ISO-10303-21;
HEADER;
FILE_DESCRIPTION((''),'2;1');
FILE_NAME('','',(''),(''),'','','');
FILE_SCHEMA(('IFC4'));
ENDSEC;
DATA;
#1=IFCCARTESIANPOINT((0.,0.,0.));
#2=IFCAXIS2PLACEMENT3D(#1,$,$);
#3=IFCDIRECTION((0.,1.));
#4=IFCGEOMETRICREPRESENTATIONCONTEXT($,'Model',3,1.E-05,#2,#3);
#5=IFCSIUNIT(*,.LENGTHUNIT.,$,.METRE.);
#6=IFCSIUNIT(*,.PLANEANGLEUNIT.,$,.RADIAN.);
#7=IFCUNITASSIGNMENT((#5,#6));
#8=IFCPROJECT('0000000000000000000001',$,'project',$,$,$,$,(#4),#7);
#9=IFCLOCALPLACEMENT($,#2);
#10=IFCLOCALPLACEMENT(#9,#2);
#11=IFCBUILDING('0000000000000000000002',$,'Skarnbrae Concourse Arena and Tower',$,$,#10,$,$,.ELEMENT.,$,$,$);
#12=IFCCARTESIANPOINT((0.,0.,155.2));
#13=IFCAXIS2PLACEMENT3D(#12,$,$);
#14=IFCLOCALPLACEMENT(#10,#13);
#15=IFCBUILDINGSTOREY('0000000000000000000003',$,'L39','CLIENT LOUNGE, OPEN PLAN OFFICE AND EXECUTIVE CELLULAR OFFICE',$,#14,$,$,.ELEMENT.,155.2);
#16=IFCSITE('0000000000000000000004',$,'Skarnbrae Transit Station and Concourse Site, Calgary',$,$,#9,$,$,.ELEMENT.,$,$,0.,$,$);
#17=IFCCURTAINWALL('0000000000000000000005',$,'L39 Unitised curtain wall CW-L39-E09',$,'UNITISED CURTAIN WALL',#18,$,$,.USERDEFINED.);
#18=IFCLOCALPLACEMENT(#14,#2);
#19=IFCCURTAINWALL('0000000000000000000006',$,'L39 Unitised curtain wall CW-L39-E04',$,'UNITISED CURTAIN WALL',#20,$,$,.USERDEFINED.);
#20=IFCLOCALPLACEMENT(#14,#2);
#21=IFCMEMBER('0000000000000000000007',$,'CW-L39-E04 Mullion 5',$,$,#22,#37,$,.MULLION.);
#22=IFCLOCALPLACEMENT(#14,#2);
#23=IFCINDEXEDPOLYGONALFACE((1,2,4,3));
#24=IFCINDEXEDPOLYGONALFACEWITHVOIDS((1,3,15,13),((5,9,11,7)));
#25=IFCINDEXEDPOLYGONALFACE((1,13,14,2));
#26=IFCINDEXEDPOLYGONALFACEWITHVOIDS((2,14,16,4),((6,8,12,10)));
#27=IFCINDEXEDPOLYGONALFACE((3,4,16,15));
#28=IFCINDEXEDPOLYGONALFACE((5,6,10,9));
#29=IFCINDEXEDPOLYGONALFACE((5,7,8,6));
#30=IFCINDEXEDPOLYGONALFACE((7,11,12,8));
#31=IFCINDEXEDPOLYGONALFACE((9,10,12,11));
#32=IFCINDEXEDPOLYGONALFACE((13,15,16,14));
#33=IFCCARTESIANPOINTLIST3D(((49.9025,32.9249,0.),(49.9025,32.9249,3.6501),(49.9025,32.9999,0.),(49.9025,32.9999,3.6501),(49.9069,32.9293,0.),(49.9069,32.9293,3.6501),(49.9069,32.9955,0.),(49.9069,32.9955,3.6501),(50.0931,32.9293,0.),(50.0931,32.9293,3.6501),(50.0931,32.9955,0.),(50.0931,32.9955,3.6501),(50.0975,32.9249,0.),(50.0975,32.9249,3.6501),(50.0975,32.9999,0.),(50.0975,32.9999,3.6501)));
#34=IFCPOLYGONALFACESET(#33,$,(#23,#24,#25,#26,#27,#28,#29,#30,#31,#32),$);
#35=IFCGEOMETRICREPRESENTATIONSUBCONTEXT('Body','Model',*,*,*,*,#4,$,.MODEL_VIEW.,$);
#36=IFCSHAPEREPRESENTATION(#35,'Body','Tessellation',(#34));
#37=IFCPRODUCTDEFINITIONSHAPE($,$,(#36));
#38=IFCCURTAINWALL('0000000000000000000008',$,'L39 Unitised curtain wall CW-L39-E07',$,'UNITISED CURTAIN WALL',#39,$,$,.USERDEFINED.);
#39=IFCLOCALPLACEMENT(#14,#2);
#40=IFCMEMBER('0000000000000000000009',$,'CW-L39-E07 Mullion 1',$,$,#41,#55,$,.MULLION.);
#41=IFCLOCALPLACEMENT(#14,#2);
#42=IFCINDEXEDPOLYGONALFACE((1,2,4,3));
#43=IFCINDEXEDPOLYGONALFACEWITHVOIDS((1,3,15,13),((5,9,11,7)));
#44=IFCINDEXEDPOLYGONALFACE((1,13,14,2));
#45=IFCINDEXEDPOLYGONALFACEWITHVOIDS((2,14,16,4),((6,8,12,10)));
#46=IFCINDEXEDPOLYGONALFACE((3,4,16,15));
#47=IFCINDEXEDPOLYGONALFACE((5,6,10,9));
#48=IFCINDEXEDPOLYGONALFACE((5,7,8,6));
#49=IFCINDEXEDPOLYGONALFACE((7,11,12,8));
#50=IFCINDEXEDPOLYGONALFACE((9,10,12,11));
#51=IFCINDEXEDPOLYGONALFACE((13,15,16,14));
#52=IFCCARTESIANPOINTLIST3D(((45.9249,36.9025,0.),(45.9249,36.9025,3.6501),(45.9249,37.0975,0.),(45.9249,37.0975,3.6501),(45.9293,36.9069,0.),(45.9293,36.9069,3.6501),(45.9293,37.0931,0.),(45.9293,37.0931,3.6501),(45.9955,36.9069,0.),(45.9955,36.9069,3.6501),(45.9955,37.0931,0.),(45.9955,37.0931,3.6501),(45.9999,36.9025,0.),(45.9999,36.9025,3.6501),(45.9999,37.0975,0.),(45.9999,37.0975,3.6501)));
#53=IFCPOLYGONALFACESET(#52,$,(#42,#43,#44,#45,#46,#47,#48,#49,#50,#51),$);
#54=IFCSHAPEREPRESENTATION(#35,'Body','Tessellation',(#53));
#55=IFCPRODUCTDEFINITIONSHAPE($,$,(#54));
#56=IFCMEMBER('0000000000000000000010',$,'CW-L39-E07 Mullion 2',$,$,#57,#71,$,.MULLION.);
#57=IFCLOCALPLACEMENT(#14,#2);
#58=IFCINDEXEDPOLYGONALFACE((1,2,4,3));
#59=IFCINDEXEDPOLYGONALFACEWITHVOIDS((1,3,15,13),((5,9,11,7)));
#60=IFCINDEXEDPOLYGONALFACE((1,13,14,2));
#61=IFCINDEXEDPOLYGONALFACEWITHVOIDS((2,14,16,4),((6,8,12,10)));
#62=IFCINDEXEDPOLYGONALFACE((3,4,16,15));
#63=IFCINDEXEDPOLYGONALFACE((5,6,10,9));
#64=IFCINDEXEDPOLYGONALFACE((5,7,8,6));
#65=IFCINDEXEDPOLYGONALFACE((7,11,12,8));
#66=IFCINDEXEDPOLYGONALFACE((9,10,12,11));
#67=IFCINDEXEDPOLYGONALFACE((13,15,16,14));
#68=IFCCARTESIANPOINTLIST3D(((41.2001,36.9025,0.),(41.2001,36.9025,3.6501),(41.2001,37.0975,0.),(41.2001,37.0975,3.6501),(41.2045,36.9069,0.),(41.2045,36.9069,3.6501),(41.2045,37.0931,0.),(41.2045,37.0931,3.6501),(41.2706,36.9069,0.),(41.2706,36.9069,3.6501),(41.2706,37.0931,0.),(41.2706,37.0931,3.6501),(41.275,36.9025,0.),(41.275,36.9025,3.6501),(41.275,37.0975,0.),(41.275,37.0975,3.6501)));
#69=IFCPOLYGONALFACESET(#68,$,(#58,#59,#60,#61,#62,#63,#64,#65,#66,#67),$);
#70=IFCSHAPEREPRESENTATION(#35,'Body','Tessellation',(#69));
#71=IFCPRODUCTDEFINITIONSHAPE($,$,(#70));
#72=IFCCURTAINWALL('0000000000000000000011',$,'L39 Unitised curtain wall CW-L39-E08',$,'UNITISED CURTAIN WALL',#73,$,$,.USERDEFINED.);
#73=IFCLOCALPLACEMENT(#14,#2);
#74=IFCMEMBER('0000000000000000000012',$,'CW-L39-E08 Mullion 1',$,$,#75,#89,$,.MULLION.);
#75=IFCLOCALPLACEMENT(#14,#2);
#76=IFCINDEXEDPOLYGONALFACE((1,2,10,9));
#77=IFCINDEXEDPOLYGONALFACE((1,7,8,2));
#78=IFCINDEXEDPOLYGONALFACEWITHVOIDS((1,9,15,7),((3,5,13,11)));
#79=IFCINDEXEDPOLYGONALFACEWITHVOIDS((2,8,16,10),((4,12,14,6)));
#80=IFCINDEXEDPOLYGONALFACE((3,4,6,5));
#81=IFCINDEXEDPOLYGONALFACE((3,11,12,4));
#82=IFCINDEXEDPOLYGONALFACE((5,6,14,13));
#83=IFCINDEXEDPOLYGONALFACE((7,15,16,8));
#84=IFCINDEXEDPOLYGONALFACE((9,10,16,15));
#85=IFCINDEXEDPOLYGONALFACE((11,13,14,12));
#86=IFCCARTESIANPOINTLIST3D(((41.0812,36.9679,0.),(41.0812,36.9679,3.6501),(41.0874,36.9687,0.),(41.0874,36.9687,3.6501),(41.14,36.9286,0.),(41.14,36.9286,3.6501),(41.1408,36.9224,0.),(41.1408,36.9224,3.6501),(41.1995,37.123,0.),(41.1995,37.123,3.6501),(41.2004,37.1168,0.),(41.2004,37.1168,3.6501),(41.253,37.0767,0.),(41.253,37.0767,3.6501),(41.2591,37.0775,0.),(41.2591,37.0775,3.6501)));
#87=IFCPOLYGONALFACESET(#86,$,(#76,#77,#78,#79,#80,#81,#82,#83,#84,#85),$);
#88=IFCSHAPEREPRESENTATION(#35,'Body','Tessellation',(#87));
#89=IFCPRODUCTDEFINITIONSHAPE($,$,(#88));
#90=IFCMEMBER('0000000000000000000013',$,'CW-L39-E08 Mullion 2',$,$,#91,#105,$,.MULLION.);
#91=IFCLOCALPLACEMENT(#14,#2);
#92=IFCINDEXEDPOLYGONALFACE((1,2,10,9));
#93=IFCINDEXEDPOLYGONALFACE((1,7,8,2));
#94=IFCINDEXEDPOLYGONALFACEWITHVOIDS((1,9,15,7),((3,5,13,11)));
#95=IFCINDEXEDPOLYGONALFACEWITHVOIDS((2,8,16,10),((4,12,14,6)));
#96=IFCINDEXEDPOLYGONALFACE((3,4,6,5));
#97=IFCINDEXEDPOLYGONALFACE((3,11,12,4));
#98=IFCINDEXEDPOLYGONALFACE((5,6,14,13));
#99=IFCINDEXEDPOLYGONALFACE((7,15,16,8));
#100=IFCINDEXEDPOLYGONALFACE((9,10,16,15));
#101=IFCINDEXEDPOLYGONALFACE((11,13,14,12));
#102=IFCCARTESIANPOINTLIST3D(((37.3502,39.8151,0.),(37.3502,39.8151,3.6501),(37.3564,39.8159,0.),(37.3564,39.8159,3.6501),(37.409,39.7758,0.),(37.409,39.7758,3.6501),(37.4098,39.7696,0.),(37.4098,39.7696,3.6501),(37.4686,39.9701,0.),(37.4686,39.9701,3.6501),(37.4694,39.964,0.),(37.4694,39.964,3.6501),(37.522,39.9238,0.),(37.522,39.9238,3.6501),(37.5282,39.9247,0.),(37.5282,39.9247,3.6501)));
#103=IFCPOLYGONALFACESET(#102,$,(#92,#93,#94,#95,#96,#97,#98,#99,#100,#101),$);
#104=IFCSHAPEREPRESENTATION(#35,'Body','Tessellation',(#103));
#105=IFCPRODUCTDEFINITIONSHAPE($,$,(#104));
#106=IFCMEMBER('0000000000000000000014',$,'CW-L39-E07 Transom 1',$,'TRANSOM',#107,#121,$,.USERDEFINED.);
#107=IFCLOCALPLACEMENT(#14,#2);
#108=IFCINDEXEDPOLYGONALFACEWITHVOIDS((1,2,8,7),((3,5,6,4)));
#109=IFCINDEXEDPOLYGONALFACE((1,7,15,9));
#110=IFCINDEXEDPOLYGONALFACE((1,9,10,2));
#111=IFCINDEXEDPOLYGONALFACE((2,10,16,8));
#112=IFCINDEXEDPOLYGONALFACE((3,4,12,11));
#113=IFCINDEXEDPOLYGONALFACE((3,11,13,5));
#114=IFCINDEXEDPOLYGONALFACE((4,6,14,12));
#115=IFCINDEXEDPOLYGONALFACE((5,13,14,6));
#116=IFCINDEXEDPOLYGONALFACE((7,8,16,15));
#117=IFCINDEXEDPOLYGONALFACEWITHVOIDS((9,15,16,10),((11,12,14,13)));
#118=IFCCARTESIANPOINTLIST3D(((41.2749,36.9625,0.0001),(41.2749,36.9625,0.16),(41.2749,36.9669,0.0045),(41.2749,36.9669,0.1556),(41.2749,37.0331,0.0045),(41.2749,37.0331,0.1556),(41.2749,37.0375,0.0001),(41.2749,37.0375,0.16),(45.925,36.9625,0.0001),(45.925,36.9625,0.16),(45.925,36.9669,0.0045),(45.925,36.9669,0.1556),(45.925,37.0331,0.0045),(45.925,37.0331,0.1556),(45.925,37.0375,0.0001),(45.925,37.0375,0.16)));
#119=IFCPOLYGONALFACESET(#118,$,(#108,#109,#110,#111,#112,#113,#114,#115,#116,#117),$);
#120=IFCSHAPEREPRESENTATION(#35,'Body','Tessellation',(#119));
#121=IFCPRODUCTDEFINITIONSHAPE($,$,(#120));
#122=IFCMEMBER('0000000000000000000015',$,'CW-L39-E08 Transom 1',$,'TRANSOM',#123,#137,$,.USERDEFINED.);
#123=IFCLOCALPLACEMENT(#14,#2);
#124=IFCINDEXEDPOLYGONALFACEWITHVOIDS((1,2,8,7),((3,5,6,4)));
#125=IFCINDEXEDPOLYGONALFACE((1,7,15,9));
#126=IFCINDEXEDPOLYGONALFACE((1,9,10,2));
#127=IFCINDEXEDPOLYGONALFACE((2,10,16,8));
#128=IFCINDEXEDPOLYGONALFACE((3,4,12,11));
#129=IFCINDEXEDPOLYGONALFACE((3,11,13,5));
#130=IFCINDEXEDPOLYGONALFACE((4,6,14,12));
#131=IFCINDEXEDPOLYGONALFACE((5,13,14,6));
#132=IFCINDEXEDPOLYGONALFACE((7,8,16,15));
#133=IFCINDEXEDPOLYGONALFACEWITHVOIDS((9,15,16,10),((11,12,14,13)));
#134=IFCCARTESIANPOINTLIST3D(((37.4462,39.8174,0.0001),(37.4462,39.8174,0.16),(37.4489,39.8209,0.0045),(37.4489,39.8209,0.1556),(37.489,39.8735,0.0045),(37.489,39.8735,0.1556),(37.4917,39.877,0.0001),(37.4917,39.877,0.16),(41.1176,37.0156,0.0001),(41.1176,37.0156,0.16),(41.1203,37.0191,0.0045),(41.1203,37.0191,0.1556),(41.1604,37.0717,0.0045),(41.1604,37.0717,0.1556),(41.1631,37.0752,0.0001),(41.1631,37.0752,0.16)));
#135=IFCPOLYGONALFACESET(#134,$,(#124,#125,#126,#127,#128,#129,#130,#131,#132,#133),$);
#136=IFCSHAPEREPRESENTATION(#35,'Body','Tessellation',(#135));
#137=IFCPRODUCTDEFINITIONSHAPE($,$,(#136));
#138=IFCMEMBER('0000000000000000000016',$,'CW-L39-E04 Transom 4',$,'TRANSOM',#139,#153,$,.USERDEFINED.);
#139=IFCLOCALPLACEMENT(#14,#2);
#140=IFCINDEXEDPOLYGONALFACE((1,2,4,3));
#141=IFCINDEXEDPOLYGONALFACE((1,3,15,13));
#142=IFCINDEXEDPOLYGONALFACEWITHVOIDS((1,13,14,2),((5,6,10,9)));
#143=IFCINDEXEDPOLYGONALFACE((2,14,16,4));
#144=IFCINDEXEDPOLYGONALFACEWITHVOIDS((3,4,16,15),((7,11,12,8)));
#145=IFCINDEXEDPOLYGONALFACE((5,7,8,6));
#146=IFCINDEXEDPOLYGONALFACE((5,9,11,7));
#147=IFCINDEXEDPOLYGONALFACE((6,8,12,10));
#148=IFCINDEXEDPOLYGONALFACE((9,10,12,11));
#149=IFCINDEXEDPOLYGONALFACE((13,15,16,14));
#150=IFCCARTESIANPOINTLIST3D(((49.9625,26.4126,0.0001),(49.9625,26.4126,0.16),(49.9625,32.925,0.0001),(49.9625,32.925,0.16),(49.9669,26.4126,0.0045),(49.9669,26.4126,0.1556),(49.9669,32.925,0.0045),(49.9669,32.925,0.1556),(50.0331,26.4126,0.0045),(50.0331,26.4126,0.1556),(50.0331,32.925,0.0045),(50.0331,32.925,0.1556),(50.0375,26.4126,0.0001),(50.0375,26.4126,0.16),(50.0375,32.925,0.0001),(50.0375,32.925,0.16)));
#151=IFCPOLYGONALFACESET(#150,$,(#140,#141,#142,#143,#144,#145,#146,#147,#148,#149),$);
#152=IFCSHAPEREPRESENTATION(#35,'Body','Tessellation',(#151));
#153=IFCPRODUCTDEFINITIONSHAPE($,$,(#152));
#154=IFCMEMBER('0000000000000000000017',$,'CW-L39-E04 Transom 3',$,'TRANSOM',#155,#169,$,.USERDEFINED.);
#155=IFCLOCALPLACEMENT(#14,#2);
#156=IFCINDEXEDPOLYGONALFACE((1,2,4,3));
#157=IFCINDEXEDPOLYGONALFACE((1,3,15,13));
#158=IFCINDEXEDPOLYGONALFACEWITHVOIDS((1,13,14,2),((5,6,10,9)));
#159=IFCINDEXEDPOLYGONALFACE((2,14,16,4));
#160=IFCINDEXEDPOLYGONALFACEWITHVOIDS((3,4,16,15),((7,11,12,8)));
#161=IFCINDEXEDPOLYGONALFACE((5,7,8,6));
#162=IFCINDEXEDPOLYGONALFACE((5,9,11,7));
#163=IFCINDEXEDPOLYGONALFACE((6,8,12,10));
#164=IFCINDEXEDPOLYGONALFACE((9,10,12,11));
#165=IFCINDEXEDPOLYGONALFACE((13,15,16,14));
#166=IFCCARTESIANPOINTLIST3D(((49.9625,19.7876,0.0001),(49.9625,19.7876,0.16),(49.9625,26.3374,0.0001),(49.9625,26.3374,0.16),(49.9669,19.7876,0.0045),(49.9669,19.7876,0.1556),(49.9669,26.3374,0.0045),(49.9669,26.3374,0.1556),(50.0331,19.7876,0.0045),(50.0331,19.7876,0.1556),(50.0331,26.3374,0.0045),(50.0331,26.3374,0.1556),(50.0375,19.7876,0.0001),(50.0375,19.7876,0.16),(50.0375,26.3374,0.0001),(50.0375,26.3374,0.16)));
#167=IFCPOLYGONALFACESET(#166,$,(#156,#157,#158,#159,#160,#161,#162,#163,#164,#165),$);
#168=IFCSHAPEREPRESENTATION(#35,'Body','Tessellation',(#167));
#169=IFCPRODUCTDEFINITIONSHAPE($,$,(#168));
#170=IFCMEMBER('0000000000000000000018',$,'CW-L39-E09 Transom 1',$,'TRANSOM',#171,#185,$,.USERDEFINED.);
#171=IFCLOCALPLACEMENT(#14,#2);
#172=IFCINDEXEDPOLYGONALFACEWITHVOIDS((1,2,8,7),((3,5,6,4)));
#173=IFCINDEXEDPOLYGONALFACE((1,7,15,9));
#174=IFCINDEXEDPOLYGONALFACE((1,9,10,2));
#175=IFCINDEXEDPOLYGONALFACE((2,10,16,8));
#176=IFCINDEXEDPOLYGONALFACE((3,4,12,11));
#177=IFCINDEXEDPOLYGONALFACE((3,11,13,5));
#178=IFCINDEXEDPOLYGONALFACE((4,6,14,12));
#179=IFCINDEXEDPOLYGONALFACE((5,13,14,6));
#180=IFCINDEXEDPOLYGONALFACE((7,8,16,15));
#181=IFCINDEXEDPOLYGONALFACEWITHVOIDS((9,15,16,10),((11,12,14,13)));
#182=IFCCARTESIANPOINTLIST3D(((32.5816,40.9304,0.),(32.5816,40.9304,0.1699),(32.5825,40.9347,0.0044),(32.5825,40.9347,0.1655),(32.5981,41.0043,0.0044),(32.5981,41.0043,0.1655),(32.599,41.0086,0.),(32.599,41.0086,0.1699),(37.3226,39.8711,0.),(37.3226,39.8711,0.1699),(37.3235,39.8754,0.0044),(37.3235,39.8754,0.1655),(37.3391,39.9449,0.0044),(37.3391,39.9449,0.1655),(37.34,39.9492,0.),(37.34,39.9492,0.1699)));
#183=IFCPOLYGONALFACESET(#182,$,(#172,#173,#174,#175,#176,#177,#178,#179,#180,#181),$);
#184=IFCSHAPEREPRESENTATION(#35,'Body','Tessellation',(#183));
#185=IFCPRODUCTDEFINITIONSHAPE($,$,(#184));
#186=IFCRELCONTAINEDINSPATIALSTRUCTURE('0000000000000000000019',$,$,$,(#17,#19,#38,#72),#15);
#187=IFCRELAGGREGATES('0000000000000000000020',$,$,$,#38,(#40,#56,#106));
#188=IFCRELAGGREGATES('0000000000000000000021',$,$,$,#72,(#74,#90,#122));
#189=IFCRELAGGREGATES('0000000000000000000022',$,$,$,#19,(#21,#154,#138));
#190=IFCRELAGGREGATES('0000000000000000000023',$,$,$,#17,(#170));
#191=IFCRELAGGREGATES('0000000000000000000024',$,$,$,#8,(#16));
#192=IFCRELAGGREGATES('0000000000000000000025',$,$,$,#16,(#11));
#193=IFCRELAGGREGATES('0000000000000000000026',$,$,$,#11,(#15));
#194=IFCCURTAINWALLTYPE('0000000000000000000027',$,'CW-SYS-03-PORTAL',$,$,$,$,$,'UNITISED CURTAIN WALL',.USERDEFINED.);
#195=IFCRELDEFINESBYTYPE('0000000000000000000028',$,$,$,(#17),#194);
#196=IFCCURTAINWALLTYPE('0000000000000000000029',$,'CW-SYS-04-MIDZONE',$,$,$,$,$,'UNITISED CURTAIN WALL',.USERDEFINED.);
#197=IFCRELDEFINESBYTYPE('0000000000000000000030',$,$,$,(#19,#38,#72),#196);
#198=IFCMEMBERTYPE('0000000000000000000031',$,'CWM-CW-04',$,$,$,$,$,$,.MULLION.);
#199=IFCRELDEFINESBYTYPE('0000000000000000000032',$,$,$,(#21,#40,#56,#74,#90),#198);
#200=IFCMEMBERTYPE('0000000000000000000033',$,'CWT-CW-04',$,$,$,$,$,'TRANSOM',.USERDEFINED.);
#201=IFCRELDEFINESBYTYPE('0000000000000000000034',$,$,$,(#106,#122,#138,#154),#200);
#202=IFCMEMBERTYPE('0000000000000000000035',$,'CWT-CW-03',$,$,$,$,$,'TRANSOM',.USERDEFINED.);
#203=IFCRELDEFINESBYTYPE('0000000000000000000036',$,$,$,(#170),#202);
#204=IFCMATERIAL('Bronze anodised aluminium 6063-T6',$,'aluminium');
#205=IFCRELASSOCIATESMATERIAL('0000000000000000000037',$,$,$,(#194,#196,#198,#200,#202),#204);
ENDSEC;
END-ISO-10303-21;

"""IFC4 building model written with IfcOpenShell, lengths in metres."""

from ifc_helpers import new_model, si_unit, direction, frame, origin, origin_2d, place, context, subcontext, project, spatial, hollow_rectangle, extrude, source, transform, mapped, material, material_profile, profile_set, type_object, element, aggregate, save


model = new_model("IFC4")

# Units and contexts
model_context = context("Model", 3, precision=1e-05, world=origin(), true_north=direction((0.0, 1.0)))
body_context = subcontext(model_context, "Body", "Model", "MODEL_VIEW")
ifc_project = project(units=[si_unit("LENGTHUNIT", "METRE"), si_unit("PLANEANGLEUNIT", "RADIAN")], contexts=[model_context])

# Site, building, storey
site_placement = place(None, origin())
site = spatial("IfcSite", under=ifc_project, at=site_placement, Name="Skarnbrae Transit Station and Concourse Site, Calgary", CompositionType="ELEMENT", RefElevation=0.0)
building_placement = place(site_placement, origin())
building = spatial("IfcBuilding", under=site, at=building_placement, Name="Skarnbrae Concourse Arena and Tower", CompositionType="ELEMENT")
storey_placement = place(building_placement, frame((0.0, 0.0, 155.2)))
storey = spatial("IfcBuildingStorey", under=building, at=storey_placement, Name="L39", Description="CLIENT LOUNGE, OPEN PLAN OFFICE AND EXECUTIVE CELLULAR OFFICE", CompositionType="ELEMENT", Elevation=155.2)

# Curtain wall
ifc_material_1 = material(Name="Bronze anodised aluminium 6063-T6", Category="aluminium")
curtain_wall_type_1 = type_object("IfcCurtainWallType", Name="CW-SYS-03-PORTAL", ElementType="UNITISED CURTAIN WALL", PredefinedType="USERDEFINED", material=ifc_material_1)
curtain_wall_1_placement = place(storey_placement, origin())
curtain_wall_1 = element("IfcCurtainWall", 1, at=curtain_wall_1_placement, inside=storey, type_object=curtain_wall_type_1, Name="L39 Unitised curtain wall CW-L39-E09", ObjectType="UNITISED CURTAIN WALL", PredefinedType="USERDEFINED")

# Curtain walls, members
curtain_wall_type_2 = type_object("IfcCurtainWallType", Name="CW-SYS-04-MIDZONE", ElementType="UNITISED CURTAIN WALL", PredefinedType="USERDEFINED", material=ifc_material_1)
curtain_wall_2_placement = place(storey_placement, origin())
curtain_wall_2 = element("IfcCurtainWall", 2, at=curtain_wall_2_placement, inside=storey, type_object=curtain_wall_type_2, Name="L39 Unitised curtain wall CW-L39-E04", ObjectType="UNITISED CURTAIN WALL", PredefinedType="USERDEFINED")
ifc_material_profile_1 = material_profile(ifc_material_1, hollow_rectangle(XDim=0.075, YDim=0.1951, WallThickness=0.0044, at=origin_2d()), Name="ALU-MULL-75X195")
ifc_profile_set_1 = profile_set([ifc_material_profile_1], Name="Bronze anodised aluminium 6063-T6")
member_type_1 = type_object("IfcMemberType", Name="CWM-CW-04", PredefinedType="MULLION", material=ifc_profile_set_1)
shared_shape_1 = source(origin(), body_context, "Body", "SweptSolid", [
    extrude(hollow_rectangle(XDim=0.075, YDim=0.1951, WallThickness=0.0044, at=origin_2d()), origin(), (0.0, 0.0, 1.0), 3.6501),
])
member_1_placement = place(storey_placement, frame((50.0, 32.9624, 0.0), z_axis=(0.0, 0.0, 1.0), x_axis=(0.0, 1.0, 0.0)))
member_1 = element("IfcMember", 3, at=member_1_placement, type_object=member_type_1, Name="CW-L39-E04 Mullion 5", PredefinedType="MULLION", context=body_context, shape_type="MappedRepresentation", body=[
    mapped(shared_shape_1, transform((0.0, 0.0, 0.0))),
])
curtain_wall_3_placement = place(storey_placement, origin())
curtain_wall_3 = element("IfcCurtainWall", 4, at=curtain_wall_3_placement, inside=storey, type_object=curtain_wall_type_2, Name="L39 Unitised curtain wall CW-L39-E07", ObjectType="UNITISED CURTAIN WALL", PredefinedType="USERDEFINED")
member_2_placement = place(storey_placement, frame((45.9624, 37.0, 0.0), z_axis=(0.0, 0.0, 1.0), x_axis=(-1.0, 0.0, 0.0)))
member_2 = element("IfcMember", 5, at=member_2_placement, type_object=member_type_1, Name="CW-L39-E07 Mullion 1", PredefinedType="MULLION", context=body_context, shape_type="MappedRepresentation", body=[
    mapped(shared_shape_1, transform((0.0, 0.0, 0.0))),
])
member_3_placement = place(storey_placement, frame((41.2375, 37.0, 0.0), z_axis=(0.0, 0.0, 1.0), x_axis=(-1.0, 0.0, 0.0)))
member_3 = element("IfcMember", 6, at=member_3_placement, type_object=member_type_1, Name="CW-L39-E07 Mullion 2", PredefinedType="MULLION", context=body_context, shape_type="MappedRepresentation", body=[
    mapped(shared_shape_1, transform((0.0, 0.0, 0.0))),
])
curtain_wall_4_placement = place(storey_placement, origin())
curtain_wall_4 = element("IfcCurtainWall", 7, at=curtain_wall_4_placement, inside=storey, type_object=curtain_wall_type_2, Name="L39 Unitised curtain wall CW-L39-E08", ObjectType="UNITISED CURTAIN WALL", PredefinedType="USERDEFINED")
member_4_placement = place(storey_placement, frame((41.1702, 37.0227, 0.0), z_axis=(0.0, 0.0, 1.0), x_axis=(-0.794956, 0.606667, 0.0)))
member_4 = element("IfcMember", 8, at=member_4_placement, type_object=member_type_1, Name="CW-L39-E08 Mullion 1", PredefinedType="MULLION", context=body_context, shape_type="MappedRepresentation", body=[
    mapped(shared_shape_1, transform((0.0, 0.0, 0.0))),
])
member_5_placement = place(storey_placement, frame((37.4392, 39.8699, 0.0), z_axis=(0.0, 0.0, 1.0), x_axis=(-0.794956, 0.606667, 0.0)))
member_5 = element("IfcMember", 9, at=member_5_placement, type_object=member_type_1, Name="CW-L39-E08 Mullion 2", PredefinedType="MULLION", context=body_context, shape_type="MappedRepresentation", body=[
    mapped(shared_shape_1, transform((0.0, 0.0, 0.0))),
])

# Members
ifc_material_profile_2 = material_profile(ifc_material_1, hollow_rectangle(XDim=0.075, YDim=0.1599, WallThickness=0.0044, at=origin_2d()), Name="ALU-TRAN-75X160")
ifc_profile_set_2 = profile_set([ifc_material_profile_2], Name="Bronze anodised aluminium 6063-T6")
member_type_2 = type_object("IfcMemberType", Name="CWT-CW-04", ElementType="TRANSOM", PredefinedType="USERDEFINED", material=ifc_profile_set_2)
shared_shape_2 = source(origin(), body_context, "Body", "SweptSolid", [
    extrude(hollow_rectangle(XDim=0.075, YDim=0.1599, WallThickness=0.0044, at=origin_2d()), origin(), (0.0, 0.0, 1.0), 4.6501),
])
member_6_placement = place(storey_placement, frame((45.925, 37.0, 0.0801), z_axis=(-1.0, 0.0, 0.0), x_axis=(0.0, -1.0, 0.0)))
member_6 = element("IfcMember", 10, at=member_6_placement, type_object=member_type_2, Name="CW-L39-E07 Transom 1", ObjectType="TRANSOM", PredefinedType="USERDEFINED", context=body_context, shape_type="MappedRepresentation", body=[
    mapped(shared_shape_2, transform((0.0, 0.0, 0.0))),
])
shared_shape_3 = source(origin(), body_context, "Body", "SweptSolid", [
    extrude(hollow_rectangle(XDim=0.075, YDim=0.1599, WallThickness=0.0044, at=origin_2d()), origin(), (0.0, 0.0, 1.0), 4.6184),
])
member_7_placement = place(storey_placement, frame((41.1404, 37.0454, 0.0801), z_axis=(-0.794961, 0.606661, 0.0), x_axis=(-0.606661, -0.794961, 0.0)))
member_7 = element("IfcMember", 11, at=member_7_placement, type_object=member_type_2, Name="CW-L39-E08 Transom 1", ObjectType="TRANSOM", PredefinedType="USERDEFINED", context=body_context, shape_type="MappedRepresentation", body=[
    mapped(shared_shape_3, transform((0.0, 0.0, 0.0))),
])
shared_shape_4 = source(origin(), body_context, "Body", "SweptSolid", [
    extrude(hollow_rectangle(XDim=0.075, YDim=0.1599, WallThickness=0.0044, at=origin_2d()), origin(), (0.0, 0.0, 1.0), 6.5125),
])
member_8_placement = place(storey_placement, frame((50.0, 26.4126, 0.0801), z_axis=(0.0, 1.0, 0.0), x_axis=(-1.0, 0.0, 0.0)))
member_8 = element("IfcMember", 12, at=member_8_placement, type_object=member_type_2, Name="CW-L39-E04 Transom 4", ObjectType="TRANSOM", PredefinedType="USERDEFINED", context=body_context, shape_type="MappedRepresentation", body=[
    mapped(shared_shape_4, transform((0.0, 0.0, 0.0))),
])
shared_shape_5 = source(origin(), body_context, "Body", "SweptSolid", [
    extrude(hollow_rectangle(XDim=0.075, YDim=0.1599, WallThickness=0.0044, at=origin_2d()), origin(), (0.0, 0.0, 1.0), 6.5498),
])
member_9_placement = place(storey_placement, frame((50.0, 19.7876, 0.0801), z_axis=(0.0, 1.0, 0.0), x_axis=(-1.0, 0.0, 0.0)))
member_9 = element("IfcMember", 13, at=member_9_placement, type_object=member_type_2, Name="CW-L39-E04 Transom 3", ObjectType="TRANSOM", PredefinedType="USERDEFINED", context=body_context, shape_type="MappedRepresentation", body=[
    mapped(shared_shape_5, transform((0.0, 0.0, 0.0))),
])
ifc_material_profile_3 = material_profile(ifc_material_1, hollow_rectangle(XDim=0.0801, YDim=0.1699, WallThickness=0.0044, at=origin_2d()), Name="ALU-TRAN-80X170")
ifc_profile_set_3 = profile_set([ifc_material_profile_3], Name="Bronze anodised aluminium 6063-T6")
member_type_3 = type_object("IfcMemberType", Name="CWT-CW-03", ElementType="TRANSOM", PredefinedType="USERDEFINED", material=ifc_profile_set_3)
shared_shape_6 = source(origin(), body_context, "Body", "SweptSolid", [
    extrude(hollow_rectangle(XDim=0.0801, YDim=0.1699, WallThickness=0.0044, at=origin_2d()), origin(), (0.0, 0.0, 1.0), 4.8579),
])
member_10_placement = place(storey_placement, frame((37.3313, 39.9102, 0.085), z_axis=(-0.975935, 0.218064, 0.0), x_axis=(-0.218064, -0.975935, 0.0)))
member_10 = element("IfcMember", 14, at=member_10_placement, type_object=member_type_3, Name="CW-L39-E09 Transom 1", ObjectType="TRANSOM", PredefinedType="USERDEFINED", context=body_context, shape_type="MappedRepresentation", body=[
    mapped(shared_shape_6, transform((0.0, 0.0, 0.0))),
])

aggregate(curtain_wall_3, [member_2, member_3, member_6])
aggregate(curtain_wall_4, [member_4, member_5, member_7])
aggregate(curtain_wall_2, [member_1, member_9, member_8])
aggregate(curtain_wall_1, [member_10])

save(model, "model.ifc")
